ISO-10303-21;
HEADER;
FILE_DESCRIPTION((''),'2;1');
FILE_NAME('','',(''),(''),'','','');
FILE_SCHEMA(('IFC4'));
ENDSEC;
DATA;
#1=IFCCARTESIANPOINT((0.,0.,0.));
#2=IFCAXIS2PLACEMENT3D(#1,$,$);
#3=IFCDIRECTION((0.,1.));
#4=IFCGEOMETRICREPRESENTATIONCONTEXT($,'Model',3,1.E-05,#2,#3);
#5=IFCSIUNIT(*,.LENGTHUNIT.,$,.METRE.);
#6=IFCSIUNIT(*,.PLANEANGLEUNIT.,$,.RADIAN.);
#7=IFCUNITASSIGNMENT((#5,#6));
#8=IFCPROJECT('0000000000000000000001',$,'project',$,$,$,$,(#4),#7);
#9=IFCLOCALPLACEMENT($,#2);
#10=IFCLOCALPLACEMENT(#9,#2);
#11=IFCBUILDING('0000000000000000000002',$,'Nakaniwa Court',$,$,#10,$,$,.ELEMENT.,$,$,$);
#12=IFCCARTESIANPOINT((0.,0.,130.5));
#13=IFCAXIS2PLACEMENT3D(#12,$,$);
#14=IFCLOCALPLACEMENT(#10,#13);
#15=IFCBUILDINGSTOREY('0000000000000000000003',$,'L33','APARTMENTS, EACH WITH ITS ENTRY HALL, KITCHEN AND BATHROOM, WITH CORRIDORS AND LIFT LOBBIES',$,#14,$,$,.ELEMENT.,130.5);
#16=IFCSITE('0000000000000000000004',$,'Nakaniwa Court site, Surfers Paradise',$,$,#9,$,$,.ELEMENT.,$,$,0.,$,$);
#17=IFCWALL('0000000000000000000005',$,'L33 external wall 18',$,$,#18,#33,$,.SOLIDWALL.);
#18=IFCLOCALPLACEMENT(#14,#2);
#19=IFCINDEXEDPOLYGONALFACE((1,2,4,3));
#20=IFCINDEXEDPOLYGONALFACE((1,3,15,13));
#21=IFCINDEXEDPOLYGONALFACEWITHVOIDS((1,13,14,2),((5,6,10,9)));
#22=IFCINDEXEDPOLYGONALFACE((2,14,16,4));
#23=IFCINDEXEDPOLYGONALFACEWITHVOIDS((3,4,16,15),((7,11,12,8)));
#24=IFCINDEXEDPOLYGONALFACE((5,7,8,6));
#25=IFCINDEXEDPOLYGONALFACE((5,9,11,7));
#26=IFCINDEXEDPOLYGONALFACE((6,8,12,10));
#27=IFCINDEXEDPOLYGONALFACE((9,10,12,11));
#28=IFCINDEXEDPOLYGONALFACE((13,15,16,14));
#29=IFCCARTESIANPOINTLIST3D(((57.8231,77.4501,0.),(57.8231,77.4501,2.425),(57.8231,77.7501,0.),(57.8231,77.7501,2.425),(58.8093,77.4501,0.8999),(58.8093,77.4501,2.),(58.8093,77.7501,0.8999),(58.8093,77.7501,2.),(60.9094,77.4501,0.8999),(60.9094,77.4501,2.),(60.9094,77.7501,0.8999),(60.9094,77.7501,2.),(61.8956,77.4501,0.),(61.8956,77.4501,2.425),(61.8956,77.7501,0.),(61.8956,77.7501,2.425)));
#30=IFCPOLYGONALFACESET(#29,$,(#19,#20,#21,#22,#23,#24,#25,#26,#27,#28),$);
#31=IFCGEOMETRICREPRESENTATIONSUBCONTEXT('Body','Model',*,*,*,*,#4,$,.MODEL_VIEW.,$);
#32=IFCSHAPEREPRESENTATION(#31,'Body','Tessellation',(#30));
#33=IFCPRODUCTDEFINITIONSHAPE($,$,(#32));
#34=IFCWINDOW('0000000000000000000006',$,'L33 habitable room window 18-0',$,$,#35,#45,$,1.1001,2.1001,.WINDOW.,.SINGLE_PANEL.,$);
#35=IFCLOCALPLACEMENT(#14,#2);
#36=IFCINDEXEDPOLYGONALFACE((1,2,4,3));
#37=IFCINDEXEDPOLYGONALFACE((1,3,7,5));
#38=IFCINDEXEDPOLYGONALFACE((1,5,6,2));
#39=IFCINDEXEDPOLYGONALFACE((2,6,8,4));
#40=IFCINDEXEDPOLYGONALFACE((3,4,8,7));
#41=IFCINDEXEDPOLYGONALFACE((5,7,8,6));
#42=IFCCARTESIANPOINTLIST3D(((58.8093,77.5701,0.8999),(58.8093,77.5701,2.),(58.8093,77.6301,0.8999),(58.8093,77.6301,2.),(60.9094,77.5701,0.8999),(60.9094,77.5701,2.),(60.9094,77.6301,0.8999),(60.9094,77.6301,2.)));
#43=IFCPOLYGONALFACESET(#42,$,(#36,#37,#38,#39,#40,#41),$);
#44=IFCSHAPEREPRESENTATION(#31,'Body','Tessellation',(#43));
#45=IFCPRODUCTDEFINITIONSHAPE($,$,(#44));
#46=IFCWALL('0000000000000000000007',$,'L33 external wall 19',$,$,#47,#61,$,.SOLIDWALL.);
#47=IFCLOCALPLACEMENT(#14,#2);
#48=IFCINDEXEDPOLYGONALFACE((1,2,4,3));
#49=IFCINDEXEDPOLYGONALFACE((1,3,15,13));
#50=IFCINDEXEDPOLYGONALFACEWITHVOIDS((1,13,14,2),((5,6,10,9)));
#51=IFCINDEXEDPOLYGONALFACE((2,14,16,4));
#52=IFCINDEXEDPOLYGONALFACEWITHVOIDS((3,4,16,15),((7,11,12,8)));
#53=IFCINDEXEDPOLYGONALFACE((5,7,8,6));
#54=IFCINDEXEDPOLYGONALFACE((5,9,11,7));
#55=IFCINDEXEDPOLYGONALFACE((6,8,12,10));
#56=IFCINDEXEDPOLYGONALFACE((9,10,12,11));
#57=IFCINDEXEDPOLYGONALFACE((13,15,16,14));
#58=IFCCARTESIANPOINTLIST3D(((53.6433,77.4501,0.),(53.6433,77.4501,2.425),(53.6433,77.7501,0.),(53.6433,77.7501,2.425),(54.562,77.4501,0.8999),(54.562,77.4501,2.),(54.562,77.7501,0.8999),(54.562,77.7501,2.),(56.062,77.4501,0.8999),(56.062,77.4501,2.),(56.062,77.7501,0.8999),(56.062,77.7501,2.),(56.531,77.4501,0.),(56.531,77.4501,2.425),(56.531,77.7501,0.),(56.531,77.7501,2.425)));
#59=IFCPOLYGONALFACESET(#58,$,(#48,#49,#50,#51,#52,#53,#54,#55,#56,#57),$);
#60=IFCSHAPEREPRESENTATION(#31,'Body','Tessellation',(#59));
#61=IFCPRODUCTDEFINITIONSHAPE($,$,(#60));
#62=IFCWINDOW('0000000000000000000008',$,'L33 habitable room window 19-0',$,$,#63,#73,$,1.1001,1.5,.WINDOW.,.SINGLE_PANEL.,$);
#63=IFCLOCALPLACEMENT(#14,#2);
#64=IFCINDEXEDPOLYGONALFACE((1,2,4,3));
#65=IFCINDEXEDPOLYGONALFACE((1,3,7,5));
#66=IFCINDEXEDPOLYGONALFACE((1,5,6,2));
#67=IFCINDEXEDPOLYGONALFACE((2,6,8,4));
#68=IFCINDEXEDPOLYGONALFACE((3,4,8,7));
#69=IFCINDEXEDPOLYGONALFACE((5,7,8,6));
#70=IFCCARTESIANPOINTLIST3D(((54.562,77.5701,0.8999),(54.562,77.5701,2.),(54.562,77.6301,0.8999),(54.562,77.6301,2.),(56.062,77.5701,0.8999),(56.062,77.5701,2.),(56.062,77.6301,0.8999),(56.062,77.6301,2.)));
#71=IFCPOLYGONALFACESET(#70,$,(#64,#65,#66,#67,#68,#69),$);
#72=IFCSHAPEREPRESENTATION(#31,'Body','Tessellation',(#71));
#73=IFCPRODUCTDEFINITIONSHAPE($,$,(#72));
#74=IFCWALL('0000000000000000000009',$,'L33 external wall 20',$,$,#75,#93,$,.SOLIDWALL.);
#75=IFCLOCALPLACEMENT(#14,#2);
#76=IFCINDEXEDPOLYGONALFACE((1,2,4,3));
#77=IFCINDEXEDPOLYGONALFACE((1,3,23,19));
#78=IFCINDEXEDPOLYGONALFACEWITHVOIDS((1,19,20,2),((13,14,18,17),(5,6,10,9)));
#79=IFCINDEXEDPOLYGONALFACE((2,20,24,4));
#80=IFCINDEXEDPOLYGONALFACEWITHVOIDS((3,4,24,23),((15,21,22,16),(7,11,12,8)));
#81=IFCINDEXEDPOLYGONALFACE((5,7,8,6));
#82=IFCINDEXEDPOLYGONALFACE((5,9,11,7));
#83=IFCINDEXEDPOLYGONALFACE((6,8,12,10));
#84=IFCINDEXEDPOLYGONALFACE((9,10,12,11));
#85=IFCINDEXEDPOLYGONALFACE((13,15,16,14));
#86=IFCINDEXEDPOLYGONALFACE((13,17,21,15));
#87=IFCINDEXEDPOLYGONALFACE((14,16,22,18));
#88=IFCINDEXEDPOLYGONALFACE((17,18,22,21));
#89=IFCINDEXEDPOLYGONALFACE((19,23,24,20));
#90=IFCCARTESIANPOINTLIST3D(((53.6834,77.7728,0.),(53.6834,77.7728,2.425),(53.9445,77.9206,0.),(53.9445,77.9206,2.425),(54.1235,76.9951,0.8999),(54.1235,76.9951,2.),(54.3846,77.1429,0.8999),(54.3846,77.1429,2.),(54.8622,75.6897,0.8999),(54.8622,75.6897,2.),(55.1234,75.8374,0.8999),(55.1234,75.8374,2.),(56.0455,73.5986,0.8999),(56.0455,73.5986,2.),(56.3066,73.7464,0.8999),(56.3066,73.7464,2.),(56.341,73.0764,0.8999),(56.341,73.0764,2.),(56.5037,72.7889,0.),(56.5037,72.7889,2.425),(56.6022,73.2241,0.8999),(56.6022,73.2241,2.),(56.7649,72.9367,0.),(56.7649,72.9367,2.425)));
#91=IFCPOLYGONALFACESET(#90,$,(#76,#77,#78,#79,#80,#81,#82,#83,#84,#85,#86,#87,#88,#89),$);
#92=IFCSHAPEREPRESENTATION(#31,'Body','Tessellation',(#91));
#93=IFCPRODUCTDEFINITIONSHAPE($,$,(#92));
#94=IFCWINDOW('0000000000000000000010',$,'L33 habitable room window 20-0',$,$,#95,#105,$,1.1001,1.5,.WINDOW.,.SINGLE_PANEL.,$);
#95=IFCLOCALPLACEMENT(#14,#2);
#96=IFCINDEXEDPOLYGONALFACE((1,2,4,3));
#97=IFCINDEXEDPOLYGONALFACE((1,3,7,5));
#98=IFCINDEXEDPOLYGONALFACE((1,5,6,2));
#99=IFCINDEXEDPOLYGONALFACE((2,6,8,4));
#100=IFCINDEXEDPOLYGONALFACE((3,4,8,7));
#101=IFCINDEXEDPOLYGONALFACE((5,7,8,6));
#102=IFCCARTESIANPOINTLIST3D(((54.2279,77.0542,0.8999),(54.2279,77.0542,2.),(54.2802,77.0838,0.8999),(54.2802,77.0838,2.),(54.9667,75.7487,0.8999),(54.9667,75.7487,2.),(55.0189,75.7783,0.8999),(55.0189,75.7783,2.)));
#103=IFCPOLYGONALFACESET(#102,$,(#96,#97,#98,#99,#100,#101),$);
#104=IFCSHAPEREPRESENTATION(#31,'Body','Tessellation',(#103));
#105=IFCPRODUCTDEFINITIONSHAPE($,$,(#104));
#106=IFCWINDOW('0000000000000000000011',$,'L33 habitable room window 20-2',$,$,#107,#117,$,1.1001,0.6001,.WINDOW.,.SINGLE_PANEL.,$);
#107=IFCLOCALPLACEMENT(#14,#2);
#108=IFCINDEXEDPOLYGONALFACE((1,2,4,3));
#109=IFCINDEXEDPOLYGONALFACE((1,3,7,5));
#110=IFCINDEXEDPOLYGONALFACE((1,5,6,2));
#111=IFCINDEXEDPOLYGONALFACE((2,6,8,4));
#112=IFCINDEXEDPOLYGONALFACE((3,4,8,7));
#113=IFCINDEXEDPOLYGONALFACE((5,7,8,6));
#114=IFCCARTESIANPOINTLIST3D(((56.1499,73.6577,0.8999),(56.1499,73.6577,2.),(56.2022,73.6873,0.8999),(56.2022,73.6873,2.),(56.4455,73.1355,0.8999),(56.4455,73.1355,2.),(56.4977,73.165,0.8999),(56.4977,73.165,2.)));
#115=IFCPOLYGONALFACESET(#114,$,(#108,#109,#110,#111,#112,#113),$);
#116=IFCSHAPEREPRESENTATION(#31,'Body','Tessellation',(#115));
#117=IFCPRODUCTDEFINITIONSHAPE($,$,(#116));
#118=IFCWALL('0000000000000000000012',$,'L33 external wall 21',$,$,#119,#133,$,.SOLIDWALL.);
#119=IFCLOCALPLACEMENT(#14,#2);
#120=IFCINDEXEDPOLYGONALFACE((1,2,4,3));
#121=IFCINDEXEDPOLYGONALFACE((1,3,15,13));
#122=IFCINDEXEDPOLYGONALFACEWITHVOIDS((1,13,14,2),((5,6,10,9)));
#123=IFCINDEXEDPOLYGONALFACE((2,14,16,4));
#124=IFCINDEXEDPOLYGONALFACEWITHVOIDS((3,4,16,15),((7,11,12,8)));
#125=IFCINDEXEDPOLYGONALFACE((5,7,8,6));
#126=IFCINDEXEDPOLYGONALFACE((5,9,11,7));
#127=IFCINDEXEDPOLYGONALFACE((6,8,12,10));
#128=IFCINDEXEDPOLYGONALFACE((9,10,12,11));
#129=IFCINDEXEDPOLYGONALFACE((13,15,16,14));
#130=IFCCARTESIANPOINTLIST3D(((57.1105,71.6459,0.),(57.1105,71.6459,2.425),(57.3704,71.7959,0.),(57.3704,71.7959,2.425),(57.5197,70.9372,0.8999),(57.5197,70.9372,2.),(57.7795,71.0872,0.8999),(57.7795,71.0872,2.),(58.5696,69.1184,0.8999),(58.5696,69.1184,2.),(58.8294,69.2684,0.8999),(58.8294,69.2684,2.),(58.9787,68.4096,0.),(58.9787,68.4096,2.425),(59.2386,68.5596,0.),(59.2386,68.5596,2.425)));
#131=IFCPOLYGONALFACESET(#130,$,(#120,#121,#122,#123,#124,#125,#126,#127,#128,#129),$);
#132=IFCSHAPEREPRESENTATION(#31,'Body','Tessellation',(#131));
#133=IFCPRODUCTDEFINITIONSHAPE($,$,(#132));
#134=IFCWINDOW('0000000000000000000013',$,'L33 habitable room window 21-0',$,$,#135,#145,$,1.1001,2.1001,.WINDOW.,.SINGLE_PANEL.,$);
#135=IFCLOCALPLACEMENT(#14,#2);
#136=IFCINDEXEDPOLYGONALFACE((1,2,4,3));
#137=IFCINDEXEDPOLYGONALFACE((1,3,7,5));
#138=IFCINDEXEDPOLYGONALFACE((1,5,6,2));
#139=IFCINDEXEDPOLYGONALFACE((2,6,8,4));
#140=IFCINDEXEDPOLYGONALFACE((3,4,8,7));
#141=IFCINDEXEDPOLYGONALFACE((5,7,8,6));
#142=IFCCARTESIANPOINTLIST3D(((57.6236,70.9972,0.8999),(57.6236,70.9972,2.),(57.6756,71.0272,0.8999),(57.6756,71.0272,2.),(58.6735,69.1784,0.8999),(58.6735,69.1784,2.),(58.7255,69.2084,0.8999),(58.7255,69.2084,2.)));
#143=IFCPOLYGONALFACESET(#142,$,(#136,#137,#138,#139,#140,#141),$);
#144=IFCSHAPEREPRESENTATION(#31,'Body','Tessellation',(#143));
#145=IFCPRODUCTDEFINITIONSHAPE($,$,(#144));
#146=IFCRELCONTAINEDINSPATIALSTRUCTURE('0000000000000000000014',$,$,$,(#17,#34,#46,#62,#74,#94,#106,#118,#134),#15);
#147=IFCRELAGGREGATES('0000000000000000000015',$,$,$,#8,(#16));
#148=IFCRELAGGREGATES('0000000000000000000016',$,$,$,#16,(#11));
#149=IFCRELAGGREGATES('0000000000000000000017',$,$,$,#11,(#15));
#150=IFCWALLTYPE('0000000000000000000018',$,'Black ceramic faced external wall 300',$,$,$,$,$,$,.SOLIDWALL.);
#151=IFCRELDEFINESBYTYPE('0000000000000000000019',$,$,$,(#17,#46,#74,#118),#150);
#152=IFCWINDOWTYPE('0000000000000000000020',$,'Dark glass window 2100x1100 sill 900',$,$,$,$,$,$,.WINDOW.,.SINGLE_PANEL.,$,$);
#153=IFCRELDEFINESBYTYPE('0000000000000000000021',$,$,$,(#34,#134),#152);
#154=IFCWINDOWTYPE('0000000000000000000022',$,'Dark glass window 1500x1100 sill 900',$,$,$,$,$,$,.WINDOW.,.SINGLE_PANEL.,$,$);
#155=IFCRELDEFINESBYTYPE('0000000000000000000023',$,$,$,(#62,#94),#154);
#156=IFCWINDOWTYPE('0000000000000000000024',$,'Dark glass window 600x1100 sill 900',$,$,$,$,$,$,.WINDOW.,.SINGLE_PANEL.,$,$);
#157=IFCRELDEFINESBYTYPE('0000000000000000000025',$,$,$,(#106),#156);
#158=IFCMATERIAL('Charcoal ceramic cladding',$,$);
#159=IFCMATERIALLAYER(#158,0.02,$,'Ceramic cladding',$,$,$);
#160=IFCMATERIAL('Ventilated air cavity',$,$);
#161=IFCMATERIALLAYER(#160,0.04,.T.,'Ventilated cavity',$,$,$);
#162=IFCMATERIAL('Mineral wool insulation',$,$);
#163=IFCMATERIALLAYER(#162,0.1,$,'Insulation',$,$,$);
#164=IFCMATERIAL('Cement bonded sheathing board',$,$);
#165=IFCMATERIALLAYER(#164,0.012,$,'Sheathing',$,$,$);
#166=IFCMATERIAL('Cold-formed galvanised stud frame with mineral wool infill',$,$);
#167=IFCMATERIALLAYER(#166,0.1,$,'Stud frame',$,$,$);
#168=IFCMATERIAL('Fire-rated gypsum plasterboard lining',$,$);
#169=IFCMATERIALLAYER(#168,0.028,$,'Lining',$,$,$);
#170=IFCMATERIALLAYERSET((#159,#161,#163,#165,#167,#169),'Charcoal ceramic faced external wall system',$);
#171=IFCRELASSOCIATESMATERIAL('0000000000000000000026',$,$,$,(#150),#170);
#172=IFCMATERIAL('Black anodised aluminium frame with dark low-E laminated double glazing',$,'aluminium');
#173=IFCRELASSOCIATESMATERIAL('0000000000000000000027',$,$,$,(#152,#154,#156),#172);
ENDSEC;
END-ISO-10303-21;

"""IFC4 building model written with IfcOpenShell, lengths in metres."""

from ifc_helpers import new_model, si_unit, direction, frame, frame_2d, origin, place, context, subcontext, project, spatial, rectangle, extrude, material, layer, layer_set, type_object, element, fill, save


model = new_model("IFC4")

# Units and contexts
model_context = context("Model", 3, precision=1e-05, world=origin(), true_north=direction((0.0, 1.0)))
body_context = subcontext(model_context, "Body", "Model", "MODEL_VIEW")
ifc_project = project(units=[si_unit("LENGTHUNIT", "METRE"), si_unit("PLANEANGLEUNIT", "RADIAN")], contexts=[model_context])

# Site, building, storey
site_placement = place(None, origin())
site = spatial("IfcSite", under=ifc_project, at=site_placement, Name="Nakaniwa Court site, Surfers Paradise", CompositionType="ELEMENT", RefElevation=0.0)
building_placement = place(site_placement, origin())
building = spatial("IfcBuilding", under=site, at=building_placement, Name="Nakaniwa Court", CompositionType="ELEMENT")
storey_placement = place(building_placement, frame((0.0, 0.0, 130.5)))
storey = spatial("IfcBuildingStorey", under=building, at=storey_placement, Name="L33", Description="APARTMENTS, EACH WITH ITS ENTRY HALL, KITCHEN AND BATHROOM, WITH CORRIDORS AND LIFT LOBBIES", CompositionType="ELEMENT", Elevation=130.5)

# Walls, openings, windows
ifc_material_1 = material(Name="Charcoal ceramic cladding")
ifc_layer_1 = layer(ifc_material_1, 0.02, Name="Ceramic cladding")
ifc_material_2 = material(Name="Ventilated air cavity")
ifc_layer_2 = layer(ifc_material_2, 0.04, ventilated=True, Name="Ventilated cavity")
ifc_material_3 = material(Name="Mineral wool insulation")
ifc_layer_3 = layer(ifc_material_3, 0.1, Name="Insulation")
ifc_material_4 = material(Name="Cement bonded sheathing board")
ifc_layer_4 = layer(ifc_material_4, 0.012, Name="Sheathing")
ifc_material_5 = material(Name="Cold-formed galvanised stud frame with mineral wool infill")
ifc_layer_5 = layer(ifc_material_5, 0.1, Name="Stud frame")
ifc_material_6 = material(Name="Fire-rated gypsum plasterboard lining")
ifc_layer_6 = layer(ifc_material_6, 0.028, Name="Lining")
ifc_layer_set_1 = layer_set([ifc_layer_1, ifc_layer_2, ifc_layer_3, ifc_layer_4, ifc_layer_5, ifc_layer_6], Name="Charcoal ceramic faced external wall system")
wall_type_1 = type_object("IfcWallType", Name="Black ceramic faced external wall 300", PredefinedType="SOLIDWALL", material=ifc_layer_set_1)
wall_1_placement = place(storey_placement, frame((61.8955, 77.6001, 0.0), z_axis=(0.0, 0.0, 1.0), x_axis=(-1.0, 0.0, 0.0)))
wall_1 = element("IfcWall", 1, at=wall_1_placement, inside=storey, type_object=wall_type_1, Name="L33 external wall 18", PredefinedType="SOLIDWALL", context=body_context, shape_type="SweptSolid", body=[
    extrude(rectangle(XDim=4.0725, YDim=0.3, at=frame_2d((2.0361, 0.0))), origin(), (0.0, 0.0, 1.0), 2.425),
])
opening_1_placement = place(wall_1_placement, frame((0.9861, 0.0, 0.8999)))
opening_1 = element("IfcOpeningElement", 2, at=opening_1_placement, cuts=wall_1, PredefinedType="OPENING", context=body_context, shape_type="SweptSolid", body=[
    extrude(rectangle(XDim=2.1001, YDim=1.1001, at=frame_2d((1.05, 0.55))), frame((0.0, 0.1599, 0.0), z_axis=(0.0, -1.0, 0.0), x_axis=(1.0, 0.0, 0.0)), (0.0, 0.0, 1.0), 0.3201),
])
ifc_material_7 = material(Name="Black anodised aluminium frame with dark low-E laminated double glazing", Category="aluminium")
window_type_1 = type_object("IfcWindowType", Name="Dark glass window 2100x1100 sill 900", PartitioningType="SINGLE_PANEL", PredefinedType="WINDOW", material=ifc_material_7)
window_1_placement = place(opening_1_placement, origin())
window_1 = element("IfcWindow", 3, at=window_1_placement, inside=storey, type_object=window_type_1, Name="L33 habitable room window 18-0", OverallHeight=1.1001, OverallWidth=2.1001, PartitioningType="SINGLE_PANEL", PredefinedType="WINDOW", context=body_context, shape_type="SweptSolid", body=[
    extrude(rectangle(XDim=2.1001, YDim=1.1001, at=frame_2d((1.05, 0.55))), frame((0.0, 0.03, 0.0), z_axis=(0.0, -1.0, 0.0), x_axis=(1.0, 0.0, 0.0)), (0.0, 0.0, 1.0), 0.0601),
])
fill(opening_1, window_1)
wall_2_placement = place(storey_placement, frame((56.531, 77.6001, 0.0), z_axis=(0.0, 0.0, 1.0), x_axis=(-1.0, 0.0, 0.0)))
wall_2 = element("IfcWall", 4, at=wall_2_placement, inside=storey, type_object=wall_type_1, Name="L33 external wall 19", PredefinedType="SOLIDWALL", context=body_context, shape_type="SweptSolid", body=[
    extrude(rectangle(XDim=2.8877, YDim=0.3, at=frame_2d((1.4438, 0.0))), origin(), (0.0, 0.0, 1.0), 2.425),
])
opening_2_placement = place(wall_2_placement, frame((0.469, 0.0, 0.8999)))
opening_2 = element("IfcOpeningElement", 5, at=opening_2_placement, cuts=wall_2, PredefinedType="OPENING", context=body_context, shape_type="SweptSolid", body=[
    extrude(rectangle(XDim=1.5, YDim=1.1001, at=frame_2d((0.75, 0.55))), frame((0.0, 0.1599, 0.0), z_axis=(0.0, -1.0, 0.0), x_axis=(1.0, 0.0, 0.0)), (0.0, 0.0, 1.0), 0.3201),
])
window_type_2 = type_object("IfcWindowType", Name="Dark glass window 1500x1100 sill 900", PartitioningType="SINGLE_PANEL", PredefinedType="WINDOW", material=ifc_material_7)
window_2_placement = place(opening_2_placement, origin())
window_2 = element("IfcWindow", 6, at=window_2_placement, inside=storey, type_object=window_type_2, Name="L33 habitable room window 19-0", OverallHeight=1.1001, OverallWidth=1.5, PartitioningType="SINGLE_PANEL", PredefinedType="WINDOW", context=body_context, shape_type="SweptSolid", body=[
    extrude(rectangle(XDim=1.5, YDim=1.1001, at=frame_2d((0.75, 0.55))), frame((0.0, 0.03, 0.0), z_axis=(0.0, -1.0, 0.0), x_axis=(1.0, 0.0, 0.0)), (0.0, 0.0, 1.0), 0.0601),
])
fill(opening_2, window_2)

# Wall, openings, windows
wall_3_placement = place(storey_placement, frame((53.814, 77.8467, 0.0), z_axis=(0.0, 0.0, 1.0), x_axis=(0.492498, -0.870313, 0.0)))
wall_3 = element("IfcWall", 7, at=wall_3_placement, inside=storey, type_object=wall_type_1, Name="L33 external wall 20", PredefinedType="SOLIDWALL", context=body_context, shape_type="SweptSolid", body=[
    extrude(rectangle(XDim=5.7266, YDim=0.3, at=frame_2d((2.8633, 0.0))), origin(), (0.0, 0.0, 1.0), 2.425),
])
opening_3_placement = place(wall_3_placement, frame((0.8936, 0.0, 0.8999)))
opening_3 = element("IfcOpeningElement", 8, at=opening_3_placement, cuts=wall_3, PredefinedType="OPENING", context=body_context, shape_type="SweptSolid", body=[
    extrude(rectangle(XDim=1.5, YDim=1.1001, at=frame_2d((0.75, 0.55))), frame((0.0, 0.1599, 0.0), z_axis=(0.0, -1.0, 0.0), x_axis=(1.0, 0.0, 0.0)), (0.0, 0.0, 1.0), 0.3201),
])
opening_4_placement = place(wall_3_placement, frame((4.7961, 0.0, 0.8999)))
opening_4 = element("IfcOpeningElement", 9, at=opening_4_placement, cuts=wall_3, PredefinedType="OPENING", context=body_context, shape_type="SweptSolid", body=[
    extrude(rectangle(XDim=0.6001, YDim=1.1001, at=frame_2d((0.3, 0.55))), frame((0.0, 0.1599, 0.0), z_axis=(0.0, -1.0, 0.0), x_axis=(1.0, 0.0, 0.0)), (0.0, 0.0, 1.0), 0.3201),
])
window_3_placement = place(opening_3_placement, origin())
window_3 = element("IfcWindow", 10, at=window_3_placement, inside=storey, type_object=window_type_2, Name="L33 habitable room window 20-0", OverallHeight=1.1001, OverallWidth=1.5, PartitioningType="SINGLE_PANEL", PredefinedType="WINDOW", context=body_context, shape_type="SweptSolid", body=[
    extrude(rectangle(XDim=1.5, YDim=1.1001, at=frame_2d((0.75, 0.55))), frame((0.0, 0.03, 0.0), z_axis=(0.0, -1.0, 0.0), x_axis=(1.0, 0.0, 0.0)), (0.0, 0.0, 1.0), 0.0601),
])
fill(opening_3, window_3)
window_type_3 = type_object("IfcWindowType", Name="Dark glass window 600x1100 sill 900", PartitioningType="SINGLE_PANEL", PredefinedType="WINDOW", material=ifc_material_7)
window_4_placement = place(opening_4_placement, origin())
window_4 = element("IfcWindow", 11, at=window_4_placement, inside=storey, type_object=window_type_3, Name="L33 habitable room window 20-2", OverallHeight=1.1001, OverallWidth=0.6001, PartitioningType="SINGLE_PANEL", PredefinedType="WINDOW", context=body_context, shape_type="SweptSolid", body=[
    extrude(rectangle(XDim=0.6001, YDim=1.1001, at=frame_2d((0.3, 0.55))), frame((0.0, 0.03, 0.0), z_axis=(0.0, -1.0, 0.0), x_axis=(1.0, 0.0, 0.0)), (0.0, 0.0, 1.0), 0.0601),
])
fill(opening_4, window_4)

# Wall, opening, window
wall_4_placement = place(storey_placement, frame((57.2405, 71.7209, 0.0), z_axis=(0.0, 0.0, 1.0), x_axis=(0.499934, -0.866064, 0.0)))
wall_4 = element("IfcWall", 12, at=wall_4_placement, inside=storey, type_object=wall_type_1, Name="L33 external wall 21", PredefinedType="SOLIDWALL", context=body_context, shape_type="SweptSolid", body=[
    extrude(rectangle(XDim=3.7368, YDim=0.3, at=frame_2d((1.8684, 0.0))), origin(), (0.0, 0.0, 1.0), 2.425),
])
opening_5_placement = place(wall_4_placement, frame((0.8184, 0.0, 0.8999)))
opening_5 = element("IfcOpeningElement", 13, at=opening_5_placement, cuts=wall_4, PredefinedType="OPENING", context=body_context, shape_type="SweptSolid", body=[
    extrude(rectangle(XDim=2.1001, YDim=1.1001, at=frame_2d((1.05, 0.55))), frame((0.0, 0.1599, 0.0), z_axis=(0.0, -1.0, 0.0), x_axis=(1.0, 0.0, 0.0)), (0.0, 0.0, 1.0), 0.3201),
])
window_5_placement = place(opening_5_placement, origin())
window_5 = element("IfcWindow", 14, at=window_5_placement, inside=storey, type_object=window_type_1, Name="L33 habitable room window 21-0", OverallHeight=1.1001, OverallWidth=2.1001, PartitioningType="SINGLE_PANEL", PredefinedType="WINDOW", context=body_context, shape_type="SweptSolid", body=[
    extrude(rectangle(XDim=2.1001, YDim=1.1001, at=frame_2d((1.05, 0.55))), frame((0.0, 0.03, 0.0), z_axis=(0.0, -1.0, 0.0), x_axis=(1.0, 0.0, 0.0)), (0.0, 0.0, 1.0), 0.0601),
])
fill(opening_5, window_5)

save(model, "model.ifc")
